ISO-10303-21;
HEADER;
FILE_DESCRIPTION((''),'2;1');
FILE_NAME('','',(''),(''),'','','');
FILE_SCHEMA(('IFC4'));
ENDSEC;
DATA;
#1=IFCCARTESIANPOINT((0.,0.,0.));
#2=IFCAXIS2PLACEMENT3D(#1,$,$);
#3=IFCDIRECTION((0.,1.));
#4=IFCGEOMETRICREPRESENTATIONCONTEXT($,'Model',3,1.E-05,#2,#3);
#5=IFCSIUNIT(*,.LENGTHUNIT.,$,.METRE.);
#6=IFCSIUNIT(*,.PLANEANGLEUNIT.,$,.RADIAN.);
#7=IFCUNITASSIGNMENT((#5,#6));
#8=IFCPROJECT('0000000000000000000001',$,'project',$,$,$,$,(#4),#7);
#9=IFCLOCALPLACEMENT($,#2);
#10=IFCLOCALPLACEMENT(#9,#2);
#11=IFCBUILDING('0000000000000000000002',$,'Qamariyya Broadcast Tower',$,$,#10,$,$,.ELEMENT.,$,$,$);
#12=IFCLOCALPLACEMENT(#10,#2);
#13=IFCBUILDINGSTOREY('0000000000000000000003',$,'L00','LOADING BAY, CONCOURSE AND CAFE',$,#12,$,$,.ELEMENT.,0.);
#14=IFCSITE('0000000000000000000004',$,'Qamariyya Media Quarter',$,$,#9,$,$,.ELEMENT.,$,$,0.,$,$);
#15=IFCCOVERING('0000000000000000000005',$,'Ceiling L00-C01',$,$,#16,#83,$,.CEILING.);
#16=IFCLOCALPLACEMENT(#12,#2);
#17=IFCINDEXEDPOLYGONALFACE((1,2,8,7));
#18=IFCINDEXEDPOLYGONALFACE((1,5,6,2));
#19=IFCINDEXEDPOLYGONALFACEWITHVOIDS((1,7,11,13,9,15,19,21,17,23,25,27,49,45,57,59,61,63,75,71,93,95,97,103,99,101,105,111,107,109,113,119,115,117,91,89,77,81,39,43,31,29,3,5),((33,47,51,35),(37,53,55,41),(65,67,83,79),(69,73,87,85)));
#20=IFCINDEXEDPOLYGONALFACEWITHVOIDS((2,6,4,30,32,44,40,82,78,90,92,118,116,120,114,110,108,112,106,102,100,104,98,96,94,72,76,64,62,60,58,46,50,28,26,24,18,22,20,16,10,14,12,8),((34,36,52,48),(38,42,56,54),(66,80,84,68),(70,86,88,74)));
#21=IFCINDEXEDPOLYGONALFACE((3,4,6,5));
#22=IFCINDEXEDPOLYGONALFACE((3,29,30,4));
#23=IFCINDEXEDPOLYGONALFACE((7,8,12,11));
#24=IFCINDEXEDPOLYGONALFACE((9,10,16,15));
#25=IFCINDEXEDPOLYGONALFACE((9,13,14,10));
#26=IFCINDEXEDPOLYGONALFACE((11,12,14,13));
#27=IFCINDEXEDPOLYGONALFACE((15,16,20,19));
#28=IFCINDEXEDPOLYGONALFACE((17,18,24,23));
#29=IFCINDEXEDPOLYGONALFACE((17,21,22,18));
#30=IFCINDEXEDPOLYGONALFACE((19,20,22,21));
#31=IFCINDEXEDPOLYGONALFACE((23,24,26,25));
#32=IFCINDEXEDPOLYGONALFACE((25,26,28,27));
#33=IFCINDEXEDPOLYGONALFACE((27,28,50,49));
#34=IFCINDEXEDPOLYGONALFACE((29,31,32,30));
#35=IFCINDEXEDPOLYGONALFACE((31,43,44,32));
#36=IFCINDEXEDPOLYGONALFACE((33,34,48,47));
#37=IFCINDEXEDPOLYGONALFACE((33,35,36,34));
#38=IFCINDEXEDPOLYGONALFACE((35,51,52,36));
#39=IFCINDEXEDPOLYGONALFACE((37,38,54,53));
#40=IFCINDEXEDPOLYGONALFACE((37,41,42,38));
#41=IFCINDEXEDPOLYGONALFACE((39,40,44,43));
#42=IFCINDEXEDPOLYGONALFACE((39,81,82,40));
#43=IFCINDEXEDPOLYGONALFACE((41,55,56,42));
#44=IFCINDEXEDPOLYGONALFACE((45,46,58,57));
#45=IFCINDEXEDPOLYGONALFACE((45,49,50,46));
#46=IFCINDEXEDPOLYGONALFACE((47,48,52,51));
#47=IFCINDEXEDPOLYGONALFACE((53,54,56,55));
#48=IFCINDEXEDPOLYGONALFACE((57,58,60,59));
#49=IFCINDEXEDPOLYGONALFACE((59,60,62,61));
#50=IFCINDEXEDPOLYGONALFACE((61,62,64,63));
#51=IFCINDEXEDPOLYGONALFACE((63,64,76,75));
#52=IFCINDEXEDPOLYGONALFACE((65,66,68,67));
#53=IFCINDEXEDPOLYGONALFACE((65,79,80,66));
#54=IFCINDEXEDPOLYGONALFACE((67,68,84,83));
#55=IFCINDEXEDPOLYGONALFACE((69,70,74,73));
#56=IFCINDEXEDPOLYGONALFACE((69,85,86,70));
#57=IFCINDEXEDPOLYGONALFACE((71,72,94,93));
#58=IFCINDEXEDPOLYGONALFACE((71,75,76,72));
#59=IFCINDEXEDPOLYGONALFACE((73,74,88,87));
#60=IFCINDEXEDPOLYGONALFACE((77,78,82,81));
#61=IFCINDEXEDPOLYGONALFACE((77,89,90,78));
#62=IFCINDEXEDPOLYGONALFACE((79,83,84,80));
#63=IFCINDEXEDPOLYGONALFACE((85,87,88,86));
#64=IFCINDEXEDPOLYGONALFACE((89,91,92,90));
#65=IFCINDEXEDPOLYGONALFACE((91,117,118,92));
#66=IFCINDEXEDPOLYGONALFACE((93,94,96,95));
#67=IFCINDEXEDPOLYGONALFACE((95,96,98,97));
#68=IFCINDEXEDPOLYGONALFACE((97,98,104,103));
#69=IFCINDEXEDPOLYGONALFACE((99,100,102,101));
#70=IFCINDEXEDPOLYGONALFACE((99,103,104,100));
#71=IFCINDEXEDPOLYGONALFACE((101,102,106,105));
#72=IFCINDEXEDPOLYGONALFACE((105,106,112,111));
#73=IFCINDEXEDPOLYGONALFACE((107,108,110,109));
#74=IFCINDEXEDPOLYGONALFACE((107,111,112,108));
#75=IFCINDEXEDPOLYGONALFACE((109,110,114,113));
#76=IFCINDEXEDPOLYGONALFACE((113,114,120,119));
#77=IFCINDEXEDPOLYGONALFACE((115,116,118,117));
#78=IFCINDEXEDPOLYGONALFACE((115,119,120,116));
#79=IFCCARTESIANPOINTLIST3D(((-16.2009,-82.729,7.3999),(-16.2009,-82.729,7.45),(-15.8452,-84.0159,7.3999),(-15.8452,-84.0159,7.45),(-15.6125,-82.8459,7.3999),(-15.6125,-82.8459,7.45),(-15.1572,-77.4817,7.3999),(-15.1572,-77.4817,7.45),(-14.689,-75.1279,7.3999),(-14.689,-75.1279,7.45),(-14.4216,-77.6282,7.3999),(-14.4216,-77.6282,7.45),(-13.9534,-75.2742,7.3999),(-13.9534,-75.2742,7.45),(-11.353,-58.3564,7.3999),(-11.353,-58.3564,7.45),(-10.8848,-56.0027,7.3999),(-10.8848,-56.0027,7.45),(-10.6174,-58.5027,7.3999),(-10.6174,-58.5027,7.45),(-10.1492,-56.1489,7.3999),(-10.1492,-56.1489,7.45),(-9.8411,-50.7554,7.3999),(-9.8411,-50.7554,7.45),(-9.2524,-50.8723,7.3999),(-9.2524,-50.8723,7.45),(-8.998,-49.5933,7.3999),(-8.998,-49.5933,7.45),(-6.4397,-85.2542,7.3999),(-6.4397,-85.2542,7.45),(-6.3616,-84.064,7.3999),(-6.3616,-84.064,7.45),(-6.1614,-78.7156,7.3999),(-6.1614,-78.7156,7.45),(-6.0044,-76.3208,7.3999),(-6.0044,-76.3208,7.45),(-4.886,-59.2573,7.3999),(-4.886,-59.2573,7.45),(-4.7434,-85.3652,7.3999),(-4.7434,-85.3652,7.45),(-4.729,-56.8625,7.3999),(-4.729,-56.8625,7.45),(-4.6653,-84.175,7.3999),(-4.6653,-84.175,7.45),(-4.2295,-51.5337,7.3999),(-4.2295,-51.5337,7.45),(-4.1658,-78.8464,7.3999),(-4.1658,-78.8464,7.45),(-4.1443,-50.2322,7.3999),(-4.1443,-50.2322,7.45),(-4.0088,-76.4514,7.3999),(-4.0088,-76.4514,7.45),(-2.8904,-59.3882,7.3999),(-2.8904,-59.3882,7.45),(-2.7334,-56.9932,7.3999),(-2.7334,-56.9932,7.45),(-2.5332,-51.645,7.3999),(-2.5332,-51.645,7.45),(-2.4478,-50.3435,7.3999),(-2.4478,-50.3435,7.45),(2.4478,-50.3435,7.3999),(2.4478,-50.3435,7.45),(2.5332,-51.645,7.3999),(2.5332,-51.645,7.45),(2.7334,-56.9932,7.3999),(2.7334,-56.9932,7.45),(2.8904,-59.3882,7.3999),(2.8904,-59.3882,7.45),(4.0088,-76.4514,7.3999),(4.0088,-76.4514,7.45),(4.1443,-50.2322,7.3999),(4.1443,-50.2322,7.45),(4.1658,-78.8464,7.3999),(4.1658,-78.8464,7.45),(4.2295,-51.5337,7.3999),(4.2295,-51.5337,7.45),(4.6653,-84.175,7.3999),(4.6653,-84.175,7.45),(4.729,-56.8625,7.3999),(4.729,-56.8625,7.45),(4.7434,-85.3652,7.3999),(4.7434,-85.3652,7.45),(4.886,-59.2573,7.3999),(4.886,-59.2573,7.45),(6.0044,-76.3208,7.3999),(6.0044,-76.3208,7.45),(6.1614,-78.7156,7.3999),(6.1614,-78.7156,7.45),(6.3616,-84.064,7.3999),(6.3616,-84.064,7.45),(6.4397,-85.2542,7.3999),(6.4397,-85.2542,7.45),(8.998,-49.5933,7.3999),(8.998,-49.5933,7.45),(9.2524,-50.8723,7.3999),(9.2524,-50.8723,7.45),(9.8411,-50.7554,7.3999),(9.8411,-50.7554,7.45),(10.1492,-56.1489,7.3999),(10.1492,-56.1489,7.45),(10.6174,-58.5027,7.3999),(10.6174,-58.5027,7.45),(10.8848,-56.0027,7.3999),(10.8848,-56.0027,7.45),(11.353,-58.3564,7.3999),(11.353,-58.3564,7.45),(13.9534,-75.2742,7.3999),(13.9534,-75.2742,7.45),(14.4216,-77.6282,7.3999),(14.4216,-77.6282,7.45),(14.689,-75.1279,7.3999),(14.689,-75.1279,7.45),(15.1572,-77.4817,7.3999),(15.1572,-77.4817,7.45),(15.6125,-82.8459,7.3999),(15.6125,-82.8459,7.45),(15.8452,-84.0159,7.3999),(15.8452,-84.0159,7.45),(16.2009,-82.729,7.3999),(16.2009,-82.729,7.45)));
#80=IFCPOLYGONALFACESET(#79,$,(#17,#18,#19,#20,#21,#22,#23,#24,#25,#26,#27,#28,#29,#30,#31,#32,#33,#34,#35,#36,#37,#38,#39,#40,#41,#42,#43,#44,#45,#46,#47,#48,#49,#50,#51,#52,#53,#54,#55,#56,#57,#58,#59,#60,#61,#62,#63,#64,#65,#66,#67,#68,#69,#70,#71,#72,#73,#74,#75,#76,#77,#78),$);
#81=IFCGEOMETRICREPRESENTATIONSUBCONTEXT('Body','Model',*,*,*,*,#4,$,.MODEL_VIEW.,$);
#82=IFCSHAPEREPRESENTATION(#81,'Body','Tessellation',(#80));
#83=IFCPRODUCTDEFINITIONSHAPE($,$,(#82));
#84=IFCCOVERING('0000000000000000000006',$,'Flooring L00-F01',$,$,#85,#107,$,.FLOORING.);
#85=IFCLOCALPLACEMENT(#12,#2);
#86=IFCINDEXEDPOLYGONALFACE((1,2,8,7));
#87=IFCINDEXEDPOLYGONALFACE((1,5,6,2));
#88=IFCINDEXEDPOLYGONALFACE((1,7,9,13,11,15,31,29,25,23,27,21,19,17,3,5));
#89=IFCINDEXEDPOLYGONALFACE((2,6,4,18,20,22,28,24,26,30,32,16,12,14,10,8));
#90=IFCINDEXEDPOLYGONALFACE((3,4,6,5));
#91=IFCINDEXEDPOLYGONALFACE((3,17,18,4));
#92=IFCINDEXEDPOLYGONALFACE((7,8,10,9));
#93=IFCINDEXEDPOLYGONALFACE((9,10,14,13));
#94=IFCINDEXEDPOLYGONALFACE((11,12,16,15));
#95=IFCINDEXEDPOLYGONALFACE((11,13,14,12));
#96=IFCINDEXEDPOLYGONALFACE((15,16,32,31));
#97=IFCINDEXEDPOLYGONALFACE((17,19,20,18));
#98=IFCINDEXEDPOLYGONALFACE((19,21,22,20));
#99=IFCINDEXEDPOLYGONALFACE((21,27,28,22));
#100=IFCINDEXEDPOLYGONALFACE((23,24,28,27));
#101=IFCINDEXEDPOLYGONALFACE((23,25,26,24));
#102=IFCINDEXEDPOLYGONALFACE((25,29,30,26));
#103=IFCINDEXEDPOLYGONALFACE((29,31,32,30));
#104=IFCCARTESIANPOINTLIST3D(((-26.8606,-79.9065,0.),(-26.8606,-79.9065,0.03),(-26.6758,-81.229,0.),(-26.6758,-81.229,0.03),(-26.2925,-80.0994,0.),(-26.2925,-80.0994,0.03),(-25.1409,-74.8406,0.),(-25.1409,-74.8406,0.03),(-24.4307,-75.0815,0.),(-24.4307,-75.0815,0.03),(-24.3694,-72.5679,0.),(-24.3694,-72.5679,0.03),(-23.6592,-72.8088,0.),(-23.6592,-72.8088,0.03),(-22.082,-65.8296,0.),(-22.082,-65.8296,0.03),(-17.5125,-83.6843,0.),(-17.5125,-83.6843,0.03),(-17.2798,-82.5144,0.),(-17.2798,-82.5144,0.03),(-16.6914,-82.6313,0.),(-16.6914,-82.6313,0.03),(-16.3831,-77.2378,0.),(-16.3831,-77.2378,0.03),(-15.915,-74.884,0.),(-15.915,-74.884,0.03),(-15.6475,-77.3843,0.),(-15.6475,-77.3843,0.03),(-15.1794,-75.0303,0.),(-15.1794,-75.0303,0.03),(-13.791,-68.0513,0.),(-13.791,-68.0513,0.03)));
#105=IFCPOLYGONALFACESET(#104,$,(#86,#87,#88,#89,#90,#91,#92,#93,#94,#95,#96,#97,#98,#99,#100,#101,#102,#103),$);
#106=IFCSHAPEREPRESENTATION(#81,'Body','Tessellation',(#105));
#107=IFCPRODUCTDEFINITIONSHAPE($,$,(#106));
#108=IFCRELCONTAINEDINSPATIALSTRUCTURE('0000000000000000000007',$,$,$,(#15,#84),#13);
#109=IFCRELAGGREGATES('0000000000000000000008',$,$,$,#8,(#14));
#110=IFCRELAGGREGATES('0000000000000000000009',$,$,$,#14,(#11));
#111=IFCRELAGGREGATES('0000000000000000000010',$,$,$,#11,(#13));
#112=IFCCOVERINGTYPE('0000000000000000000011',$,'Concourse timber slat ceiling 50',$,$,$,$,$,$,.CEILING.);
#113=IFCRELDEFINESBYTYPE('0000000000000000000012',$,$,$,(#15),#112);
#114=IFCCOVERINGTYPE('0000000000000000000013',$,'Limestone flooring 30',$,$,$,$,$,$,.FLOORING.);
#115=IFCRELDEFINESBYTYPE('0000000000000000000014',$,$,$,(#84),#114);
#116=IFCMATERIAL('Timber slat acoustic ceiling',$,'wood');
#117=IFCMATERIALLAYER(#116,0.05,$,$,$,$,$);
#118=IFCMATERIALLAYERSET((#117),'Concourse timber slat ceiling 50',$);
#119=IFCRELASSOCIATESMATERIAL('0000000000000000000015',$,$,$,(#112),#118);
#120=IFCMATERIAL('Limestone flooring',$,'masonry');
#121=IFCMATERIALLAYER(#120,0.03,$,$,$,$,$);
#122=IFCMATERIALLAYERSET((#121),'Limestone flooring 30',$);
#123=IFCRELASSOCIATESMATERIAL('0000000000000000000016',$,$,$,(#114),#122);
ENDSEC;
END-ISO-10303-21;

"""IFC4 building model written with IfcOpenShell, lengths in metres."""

from ifc_helpers import new_model, si_unit, direction, frame, origin, place, context, subcontext, project, spatial, polyline, outline, extrude, material, layer, layer_set, type_object, element, save


model = new_model("IFC4")

# Units and contexts
model_context = context("Model", 3, precision=1e-05, world=origin(), true_north=direction((0.0, 1.0)))
body_context = subcontext(model_context, "Body", "Model", "MODEL_VIEW")
ifc_project = project(units=[si_unit("LENGTHUNIT", "METRE"), si_unit("PLANEANGLEUNIT", "RADIAN")], contexts=[model_context])

# Site, building, storey
site_placement = place(None, origin())
building_placement = place(site_placement, origin())
storey_placement = place(building_placement, origin())
site = spatial("IfcSite", under=ifc_project, at=site_placement, Name="Qamariyya Media Quarter", CompositionType="ELEMENT", RefElevation=0.0)
building = spatial("IfcBuilding", under=site, at=building_placement, Name="Qamariyya Broadcast Tower", CompositionType="ELEMENT")
storey = spatial("IfcBuildingStorey", under=building, at=storey_placement, Name="L00", Description="LOADING BAY, CONCOURSE AND CAFE", CompositionType="ELEMENT", Elevation=0.0)

# Coverings
ifc_material_1 = material(Name="Timber slat acoustic ceiling", Category="wood")
ifc_layer_1 = layer(ifc_material_1, 0.05)
ifc_layer_set_1 = layer_set([ifc_layer_1], Name="Concourse timber slat ceiling 50")
covering_type_1 = type_object("IfcCoveringType", Name="Concourse timber slat ceiling 50", PredefinedType="CEILING", material=ifc_layer_set_1)
covering_1_placement = place(storey_placement, frame((0.0, 0.0, 7.3999)))
element("IfcCovering", 1, at=covering_1_placement, inside=storey, type_object=covering_type_1, Name="Ceiling L00-C01", PredefinedType="CEILING", context=body_context, shape_type="SweptSolid", body=[
    extrude(outline(polyline([(-11.353, -58.3564), (-10.6174, -58.5027), (-10.1492, -56.1489), (-10.8848, -56.0027), (-9.8411, -50.7554), (-9.2524, -50.8723), (-8.998, -49.5933), (-4.1443, -50.2322), (-4.2295, -51.5337), (-2.5332, -51.645), (-2.4478, -50.3435), (2.4478, -50.3435), (2.5332, -51.645), (4.2295, -51.5337), (4.1443, -50.2322), (8.998, -49.5933), (9.2524, -50.8723), (9.8411, -50.7554), (10.8848, -56.0027), (10.1492, -56.1489), (10.6174, -58.5027), (11.353, -58.3564), (14.689, -75.1279), (13.9534, -75.2742), (14.4216, -77.6282), (15.1572, -77.4817), (16.2009, -82.729), (15.6125, -82.8459), (15.8452, -84.0159), (6.4397, -85.2542), (6.3616, -84.064), (4.6653, -84.175), (4.7434, -85.3652), (-4.7434, -85.3652), (-4.6653, -84.175), (-6.3616, -84.064), (-6.4397, -85.2542), (-15.8452, -84.0159), (-15.6125, -82.8459), (-16.2009, -82.729), (-15.1572, -77.4817), (-14.4216, -77.6282), (-13.9534, -75.2742), (-14.689, -75.1279), (-11.353, -58.3564)]), holes=[polyline([(4.1658, -78.8464), (6.1614, -78.7156), (6.0044, -76.3208), (4.0088, -76.4514), (4.1658, -78.8464)]), polyline([(2.7334, -56.9932), (2.8904, -59.3882), (4.886, -59.2573), (4.729, -56.8625), (2.7334, -56.9932)]), polyline([(-4.729, -56.8625), (-4.886, -59.2573), (-2.8904, -59.3882), (-2.7334, -56.9932), (-4.729, -56.8625)]), polyline([(-6.0044, -76.3208), (-6.1614, -78.7156), (-4.1658, -78.8464), (-4.0088, -76.4514), (-6.0044, -76.3208)])]), origin(), (0.0, 0.0, 1.0), 0.05),
])
ifc_material_2 = material(Name="Limestone flooring", Category="masonry")
ifc_layer_2 = layer(ifc_material_2, 0.03)
ifc_layer_set_2 = layer_set([ifc_layer_2], Name="Limestone flooring 30")
covering_type_2 = type_object("IfcCoveringType", Name="Limestone flooring 30", PredefinedType="FLOORING", material=ifc_layer_set_2)
covering_2_placement = place(storey_placement, origin())
element("IfcCovering", 2, at=covering_2_placement, inside=storey, type_object=covering_type_2, Name="Flooring L00-F01", PredefinedType="FLOORING", context=body_context, shape_type="SweptSolid", body=[
    extrude(outline(polyline([(-15.1794, -75.0303), (-15.915, -74.884), (-16.3831, -77.2378), (-15.6475, -77.3843), (-16.6914, -82.6313), (-17.2798, -82.5144), (-17.5125, -83.6843), (-26.6758, -81.229), (-26.2925, -80.0994), (-26.8606, -79.9065), (-25.1409, -74.8406), (-24.4307, -75.0815), (-23.6592, -72.8088), (-24.3694, -72.5679), (-22.082, -65.8296), (-13.791, -68.0513), (-15.1794, -75.0303)])), origin(), (0.0, 0.0, 1.0), 0.03),
])

save(model, "model.ifc")
